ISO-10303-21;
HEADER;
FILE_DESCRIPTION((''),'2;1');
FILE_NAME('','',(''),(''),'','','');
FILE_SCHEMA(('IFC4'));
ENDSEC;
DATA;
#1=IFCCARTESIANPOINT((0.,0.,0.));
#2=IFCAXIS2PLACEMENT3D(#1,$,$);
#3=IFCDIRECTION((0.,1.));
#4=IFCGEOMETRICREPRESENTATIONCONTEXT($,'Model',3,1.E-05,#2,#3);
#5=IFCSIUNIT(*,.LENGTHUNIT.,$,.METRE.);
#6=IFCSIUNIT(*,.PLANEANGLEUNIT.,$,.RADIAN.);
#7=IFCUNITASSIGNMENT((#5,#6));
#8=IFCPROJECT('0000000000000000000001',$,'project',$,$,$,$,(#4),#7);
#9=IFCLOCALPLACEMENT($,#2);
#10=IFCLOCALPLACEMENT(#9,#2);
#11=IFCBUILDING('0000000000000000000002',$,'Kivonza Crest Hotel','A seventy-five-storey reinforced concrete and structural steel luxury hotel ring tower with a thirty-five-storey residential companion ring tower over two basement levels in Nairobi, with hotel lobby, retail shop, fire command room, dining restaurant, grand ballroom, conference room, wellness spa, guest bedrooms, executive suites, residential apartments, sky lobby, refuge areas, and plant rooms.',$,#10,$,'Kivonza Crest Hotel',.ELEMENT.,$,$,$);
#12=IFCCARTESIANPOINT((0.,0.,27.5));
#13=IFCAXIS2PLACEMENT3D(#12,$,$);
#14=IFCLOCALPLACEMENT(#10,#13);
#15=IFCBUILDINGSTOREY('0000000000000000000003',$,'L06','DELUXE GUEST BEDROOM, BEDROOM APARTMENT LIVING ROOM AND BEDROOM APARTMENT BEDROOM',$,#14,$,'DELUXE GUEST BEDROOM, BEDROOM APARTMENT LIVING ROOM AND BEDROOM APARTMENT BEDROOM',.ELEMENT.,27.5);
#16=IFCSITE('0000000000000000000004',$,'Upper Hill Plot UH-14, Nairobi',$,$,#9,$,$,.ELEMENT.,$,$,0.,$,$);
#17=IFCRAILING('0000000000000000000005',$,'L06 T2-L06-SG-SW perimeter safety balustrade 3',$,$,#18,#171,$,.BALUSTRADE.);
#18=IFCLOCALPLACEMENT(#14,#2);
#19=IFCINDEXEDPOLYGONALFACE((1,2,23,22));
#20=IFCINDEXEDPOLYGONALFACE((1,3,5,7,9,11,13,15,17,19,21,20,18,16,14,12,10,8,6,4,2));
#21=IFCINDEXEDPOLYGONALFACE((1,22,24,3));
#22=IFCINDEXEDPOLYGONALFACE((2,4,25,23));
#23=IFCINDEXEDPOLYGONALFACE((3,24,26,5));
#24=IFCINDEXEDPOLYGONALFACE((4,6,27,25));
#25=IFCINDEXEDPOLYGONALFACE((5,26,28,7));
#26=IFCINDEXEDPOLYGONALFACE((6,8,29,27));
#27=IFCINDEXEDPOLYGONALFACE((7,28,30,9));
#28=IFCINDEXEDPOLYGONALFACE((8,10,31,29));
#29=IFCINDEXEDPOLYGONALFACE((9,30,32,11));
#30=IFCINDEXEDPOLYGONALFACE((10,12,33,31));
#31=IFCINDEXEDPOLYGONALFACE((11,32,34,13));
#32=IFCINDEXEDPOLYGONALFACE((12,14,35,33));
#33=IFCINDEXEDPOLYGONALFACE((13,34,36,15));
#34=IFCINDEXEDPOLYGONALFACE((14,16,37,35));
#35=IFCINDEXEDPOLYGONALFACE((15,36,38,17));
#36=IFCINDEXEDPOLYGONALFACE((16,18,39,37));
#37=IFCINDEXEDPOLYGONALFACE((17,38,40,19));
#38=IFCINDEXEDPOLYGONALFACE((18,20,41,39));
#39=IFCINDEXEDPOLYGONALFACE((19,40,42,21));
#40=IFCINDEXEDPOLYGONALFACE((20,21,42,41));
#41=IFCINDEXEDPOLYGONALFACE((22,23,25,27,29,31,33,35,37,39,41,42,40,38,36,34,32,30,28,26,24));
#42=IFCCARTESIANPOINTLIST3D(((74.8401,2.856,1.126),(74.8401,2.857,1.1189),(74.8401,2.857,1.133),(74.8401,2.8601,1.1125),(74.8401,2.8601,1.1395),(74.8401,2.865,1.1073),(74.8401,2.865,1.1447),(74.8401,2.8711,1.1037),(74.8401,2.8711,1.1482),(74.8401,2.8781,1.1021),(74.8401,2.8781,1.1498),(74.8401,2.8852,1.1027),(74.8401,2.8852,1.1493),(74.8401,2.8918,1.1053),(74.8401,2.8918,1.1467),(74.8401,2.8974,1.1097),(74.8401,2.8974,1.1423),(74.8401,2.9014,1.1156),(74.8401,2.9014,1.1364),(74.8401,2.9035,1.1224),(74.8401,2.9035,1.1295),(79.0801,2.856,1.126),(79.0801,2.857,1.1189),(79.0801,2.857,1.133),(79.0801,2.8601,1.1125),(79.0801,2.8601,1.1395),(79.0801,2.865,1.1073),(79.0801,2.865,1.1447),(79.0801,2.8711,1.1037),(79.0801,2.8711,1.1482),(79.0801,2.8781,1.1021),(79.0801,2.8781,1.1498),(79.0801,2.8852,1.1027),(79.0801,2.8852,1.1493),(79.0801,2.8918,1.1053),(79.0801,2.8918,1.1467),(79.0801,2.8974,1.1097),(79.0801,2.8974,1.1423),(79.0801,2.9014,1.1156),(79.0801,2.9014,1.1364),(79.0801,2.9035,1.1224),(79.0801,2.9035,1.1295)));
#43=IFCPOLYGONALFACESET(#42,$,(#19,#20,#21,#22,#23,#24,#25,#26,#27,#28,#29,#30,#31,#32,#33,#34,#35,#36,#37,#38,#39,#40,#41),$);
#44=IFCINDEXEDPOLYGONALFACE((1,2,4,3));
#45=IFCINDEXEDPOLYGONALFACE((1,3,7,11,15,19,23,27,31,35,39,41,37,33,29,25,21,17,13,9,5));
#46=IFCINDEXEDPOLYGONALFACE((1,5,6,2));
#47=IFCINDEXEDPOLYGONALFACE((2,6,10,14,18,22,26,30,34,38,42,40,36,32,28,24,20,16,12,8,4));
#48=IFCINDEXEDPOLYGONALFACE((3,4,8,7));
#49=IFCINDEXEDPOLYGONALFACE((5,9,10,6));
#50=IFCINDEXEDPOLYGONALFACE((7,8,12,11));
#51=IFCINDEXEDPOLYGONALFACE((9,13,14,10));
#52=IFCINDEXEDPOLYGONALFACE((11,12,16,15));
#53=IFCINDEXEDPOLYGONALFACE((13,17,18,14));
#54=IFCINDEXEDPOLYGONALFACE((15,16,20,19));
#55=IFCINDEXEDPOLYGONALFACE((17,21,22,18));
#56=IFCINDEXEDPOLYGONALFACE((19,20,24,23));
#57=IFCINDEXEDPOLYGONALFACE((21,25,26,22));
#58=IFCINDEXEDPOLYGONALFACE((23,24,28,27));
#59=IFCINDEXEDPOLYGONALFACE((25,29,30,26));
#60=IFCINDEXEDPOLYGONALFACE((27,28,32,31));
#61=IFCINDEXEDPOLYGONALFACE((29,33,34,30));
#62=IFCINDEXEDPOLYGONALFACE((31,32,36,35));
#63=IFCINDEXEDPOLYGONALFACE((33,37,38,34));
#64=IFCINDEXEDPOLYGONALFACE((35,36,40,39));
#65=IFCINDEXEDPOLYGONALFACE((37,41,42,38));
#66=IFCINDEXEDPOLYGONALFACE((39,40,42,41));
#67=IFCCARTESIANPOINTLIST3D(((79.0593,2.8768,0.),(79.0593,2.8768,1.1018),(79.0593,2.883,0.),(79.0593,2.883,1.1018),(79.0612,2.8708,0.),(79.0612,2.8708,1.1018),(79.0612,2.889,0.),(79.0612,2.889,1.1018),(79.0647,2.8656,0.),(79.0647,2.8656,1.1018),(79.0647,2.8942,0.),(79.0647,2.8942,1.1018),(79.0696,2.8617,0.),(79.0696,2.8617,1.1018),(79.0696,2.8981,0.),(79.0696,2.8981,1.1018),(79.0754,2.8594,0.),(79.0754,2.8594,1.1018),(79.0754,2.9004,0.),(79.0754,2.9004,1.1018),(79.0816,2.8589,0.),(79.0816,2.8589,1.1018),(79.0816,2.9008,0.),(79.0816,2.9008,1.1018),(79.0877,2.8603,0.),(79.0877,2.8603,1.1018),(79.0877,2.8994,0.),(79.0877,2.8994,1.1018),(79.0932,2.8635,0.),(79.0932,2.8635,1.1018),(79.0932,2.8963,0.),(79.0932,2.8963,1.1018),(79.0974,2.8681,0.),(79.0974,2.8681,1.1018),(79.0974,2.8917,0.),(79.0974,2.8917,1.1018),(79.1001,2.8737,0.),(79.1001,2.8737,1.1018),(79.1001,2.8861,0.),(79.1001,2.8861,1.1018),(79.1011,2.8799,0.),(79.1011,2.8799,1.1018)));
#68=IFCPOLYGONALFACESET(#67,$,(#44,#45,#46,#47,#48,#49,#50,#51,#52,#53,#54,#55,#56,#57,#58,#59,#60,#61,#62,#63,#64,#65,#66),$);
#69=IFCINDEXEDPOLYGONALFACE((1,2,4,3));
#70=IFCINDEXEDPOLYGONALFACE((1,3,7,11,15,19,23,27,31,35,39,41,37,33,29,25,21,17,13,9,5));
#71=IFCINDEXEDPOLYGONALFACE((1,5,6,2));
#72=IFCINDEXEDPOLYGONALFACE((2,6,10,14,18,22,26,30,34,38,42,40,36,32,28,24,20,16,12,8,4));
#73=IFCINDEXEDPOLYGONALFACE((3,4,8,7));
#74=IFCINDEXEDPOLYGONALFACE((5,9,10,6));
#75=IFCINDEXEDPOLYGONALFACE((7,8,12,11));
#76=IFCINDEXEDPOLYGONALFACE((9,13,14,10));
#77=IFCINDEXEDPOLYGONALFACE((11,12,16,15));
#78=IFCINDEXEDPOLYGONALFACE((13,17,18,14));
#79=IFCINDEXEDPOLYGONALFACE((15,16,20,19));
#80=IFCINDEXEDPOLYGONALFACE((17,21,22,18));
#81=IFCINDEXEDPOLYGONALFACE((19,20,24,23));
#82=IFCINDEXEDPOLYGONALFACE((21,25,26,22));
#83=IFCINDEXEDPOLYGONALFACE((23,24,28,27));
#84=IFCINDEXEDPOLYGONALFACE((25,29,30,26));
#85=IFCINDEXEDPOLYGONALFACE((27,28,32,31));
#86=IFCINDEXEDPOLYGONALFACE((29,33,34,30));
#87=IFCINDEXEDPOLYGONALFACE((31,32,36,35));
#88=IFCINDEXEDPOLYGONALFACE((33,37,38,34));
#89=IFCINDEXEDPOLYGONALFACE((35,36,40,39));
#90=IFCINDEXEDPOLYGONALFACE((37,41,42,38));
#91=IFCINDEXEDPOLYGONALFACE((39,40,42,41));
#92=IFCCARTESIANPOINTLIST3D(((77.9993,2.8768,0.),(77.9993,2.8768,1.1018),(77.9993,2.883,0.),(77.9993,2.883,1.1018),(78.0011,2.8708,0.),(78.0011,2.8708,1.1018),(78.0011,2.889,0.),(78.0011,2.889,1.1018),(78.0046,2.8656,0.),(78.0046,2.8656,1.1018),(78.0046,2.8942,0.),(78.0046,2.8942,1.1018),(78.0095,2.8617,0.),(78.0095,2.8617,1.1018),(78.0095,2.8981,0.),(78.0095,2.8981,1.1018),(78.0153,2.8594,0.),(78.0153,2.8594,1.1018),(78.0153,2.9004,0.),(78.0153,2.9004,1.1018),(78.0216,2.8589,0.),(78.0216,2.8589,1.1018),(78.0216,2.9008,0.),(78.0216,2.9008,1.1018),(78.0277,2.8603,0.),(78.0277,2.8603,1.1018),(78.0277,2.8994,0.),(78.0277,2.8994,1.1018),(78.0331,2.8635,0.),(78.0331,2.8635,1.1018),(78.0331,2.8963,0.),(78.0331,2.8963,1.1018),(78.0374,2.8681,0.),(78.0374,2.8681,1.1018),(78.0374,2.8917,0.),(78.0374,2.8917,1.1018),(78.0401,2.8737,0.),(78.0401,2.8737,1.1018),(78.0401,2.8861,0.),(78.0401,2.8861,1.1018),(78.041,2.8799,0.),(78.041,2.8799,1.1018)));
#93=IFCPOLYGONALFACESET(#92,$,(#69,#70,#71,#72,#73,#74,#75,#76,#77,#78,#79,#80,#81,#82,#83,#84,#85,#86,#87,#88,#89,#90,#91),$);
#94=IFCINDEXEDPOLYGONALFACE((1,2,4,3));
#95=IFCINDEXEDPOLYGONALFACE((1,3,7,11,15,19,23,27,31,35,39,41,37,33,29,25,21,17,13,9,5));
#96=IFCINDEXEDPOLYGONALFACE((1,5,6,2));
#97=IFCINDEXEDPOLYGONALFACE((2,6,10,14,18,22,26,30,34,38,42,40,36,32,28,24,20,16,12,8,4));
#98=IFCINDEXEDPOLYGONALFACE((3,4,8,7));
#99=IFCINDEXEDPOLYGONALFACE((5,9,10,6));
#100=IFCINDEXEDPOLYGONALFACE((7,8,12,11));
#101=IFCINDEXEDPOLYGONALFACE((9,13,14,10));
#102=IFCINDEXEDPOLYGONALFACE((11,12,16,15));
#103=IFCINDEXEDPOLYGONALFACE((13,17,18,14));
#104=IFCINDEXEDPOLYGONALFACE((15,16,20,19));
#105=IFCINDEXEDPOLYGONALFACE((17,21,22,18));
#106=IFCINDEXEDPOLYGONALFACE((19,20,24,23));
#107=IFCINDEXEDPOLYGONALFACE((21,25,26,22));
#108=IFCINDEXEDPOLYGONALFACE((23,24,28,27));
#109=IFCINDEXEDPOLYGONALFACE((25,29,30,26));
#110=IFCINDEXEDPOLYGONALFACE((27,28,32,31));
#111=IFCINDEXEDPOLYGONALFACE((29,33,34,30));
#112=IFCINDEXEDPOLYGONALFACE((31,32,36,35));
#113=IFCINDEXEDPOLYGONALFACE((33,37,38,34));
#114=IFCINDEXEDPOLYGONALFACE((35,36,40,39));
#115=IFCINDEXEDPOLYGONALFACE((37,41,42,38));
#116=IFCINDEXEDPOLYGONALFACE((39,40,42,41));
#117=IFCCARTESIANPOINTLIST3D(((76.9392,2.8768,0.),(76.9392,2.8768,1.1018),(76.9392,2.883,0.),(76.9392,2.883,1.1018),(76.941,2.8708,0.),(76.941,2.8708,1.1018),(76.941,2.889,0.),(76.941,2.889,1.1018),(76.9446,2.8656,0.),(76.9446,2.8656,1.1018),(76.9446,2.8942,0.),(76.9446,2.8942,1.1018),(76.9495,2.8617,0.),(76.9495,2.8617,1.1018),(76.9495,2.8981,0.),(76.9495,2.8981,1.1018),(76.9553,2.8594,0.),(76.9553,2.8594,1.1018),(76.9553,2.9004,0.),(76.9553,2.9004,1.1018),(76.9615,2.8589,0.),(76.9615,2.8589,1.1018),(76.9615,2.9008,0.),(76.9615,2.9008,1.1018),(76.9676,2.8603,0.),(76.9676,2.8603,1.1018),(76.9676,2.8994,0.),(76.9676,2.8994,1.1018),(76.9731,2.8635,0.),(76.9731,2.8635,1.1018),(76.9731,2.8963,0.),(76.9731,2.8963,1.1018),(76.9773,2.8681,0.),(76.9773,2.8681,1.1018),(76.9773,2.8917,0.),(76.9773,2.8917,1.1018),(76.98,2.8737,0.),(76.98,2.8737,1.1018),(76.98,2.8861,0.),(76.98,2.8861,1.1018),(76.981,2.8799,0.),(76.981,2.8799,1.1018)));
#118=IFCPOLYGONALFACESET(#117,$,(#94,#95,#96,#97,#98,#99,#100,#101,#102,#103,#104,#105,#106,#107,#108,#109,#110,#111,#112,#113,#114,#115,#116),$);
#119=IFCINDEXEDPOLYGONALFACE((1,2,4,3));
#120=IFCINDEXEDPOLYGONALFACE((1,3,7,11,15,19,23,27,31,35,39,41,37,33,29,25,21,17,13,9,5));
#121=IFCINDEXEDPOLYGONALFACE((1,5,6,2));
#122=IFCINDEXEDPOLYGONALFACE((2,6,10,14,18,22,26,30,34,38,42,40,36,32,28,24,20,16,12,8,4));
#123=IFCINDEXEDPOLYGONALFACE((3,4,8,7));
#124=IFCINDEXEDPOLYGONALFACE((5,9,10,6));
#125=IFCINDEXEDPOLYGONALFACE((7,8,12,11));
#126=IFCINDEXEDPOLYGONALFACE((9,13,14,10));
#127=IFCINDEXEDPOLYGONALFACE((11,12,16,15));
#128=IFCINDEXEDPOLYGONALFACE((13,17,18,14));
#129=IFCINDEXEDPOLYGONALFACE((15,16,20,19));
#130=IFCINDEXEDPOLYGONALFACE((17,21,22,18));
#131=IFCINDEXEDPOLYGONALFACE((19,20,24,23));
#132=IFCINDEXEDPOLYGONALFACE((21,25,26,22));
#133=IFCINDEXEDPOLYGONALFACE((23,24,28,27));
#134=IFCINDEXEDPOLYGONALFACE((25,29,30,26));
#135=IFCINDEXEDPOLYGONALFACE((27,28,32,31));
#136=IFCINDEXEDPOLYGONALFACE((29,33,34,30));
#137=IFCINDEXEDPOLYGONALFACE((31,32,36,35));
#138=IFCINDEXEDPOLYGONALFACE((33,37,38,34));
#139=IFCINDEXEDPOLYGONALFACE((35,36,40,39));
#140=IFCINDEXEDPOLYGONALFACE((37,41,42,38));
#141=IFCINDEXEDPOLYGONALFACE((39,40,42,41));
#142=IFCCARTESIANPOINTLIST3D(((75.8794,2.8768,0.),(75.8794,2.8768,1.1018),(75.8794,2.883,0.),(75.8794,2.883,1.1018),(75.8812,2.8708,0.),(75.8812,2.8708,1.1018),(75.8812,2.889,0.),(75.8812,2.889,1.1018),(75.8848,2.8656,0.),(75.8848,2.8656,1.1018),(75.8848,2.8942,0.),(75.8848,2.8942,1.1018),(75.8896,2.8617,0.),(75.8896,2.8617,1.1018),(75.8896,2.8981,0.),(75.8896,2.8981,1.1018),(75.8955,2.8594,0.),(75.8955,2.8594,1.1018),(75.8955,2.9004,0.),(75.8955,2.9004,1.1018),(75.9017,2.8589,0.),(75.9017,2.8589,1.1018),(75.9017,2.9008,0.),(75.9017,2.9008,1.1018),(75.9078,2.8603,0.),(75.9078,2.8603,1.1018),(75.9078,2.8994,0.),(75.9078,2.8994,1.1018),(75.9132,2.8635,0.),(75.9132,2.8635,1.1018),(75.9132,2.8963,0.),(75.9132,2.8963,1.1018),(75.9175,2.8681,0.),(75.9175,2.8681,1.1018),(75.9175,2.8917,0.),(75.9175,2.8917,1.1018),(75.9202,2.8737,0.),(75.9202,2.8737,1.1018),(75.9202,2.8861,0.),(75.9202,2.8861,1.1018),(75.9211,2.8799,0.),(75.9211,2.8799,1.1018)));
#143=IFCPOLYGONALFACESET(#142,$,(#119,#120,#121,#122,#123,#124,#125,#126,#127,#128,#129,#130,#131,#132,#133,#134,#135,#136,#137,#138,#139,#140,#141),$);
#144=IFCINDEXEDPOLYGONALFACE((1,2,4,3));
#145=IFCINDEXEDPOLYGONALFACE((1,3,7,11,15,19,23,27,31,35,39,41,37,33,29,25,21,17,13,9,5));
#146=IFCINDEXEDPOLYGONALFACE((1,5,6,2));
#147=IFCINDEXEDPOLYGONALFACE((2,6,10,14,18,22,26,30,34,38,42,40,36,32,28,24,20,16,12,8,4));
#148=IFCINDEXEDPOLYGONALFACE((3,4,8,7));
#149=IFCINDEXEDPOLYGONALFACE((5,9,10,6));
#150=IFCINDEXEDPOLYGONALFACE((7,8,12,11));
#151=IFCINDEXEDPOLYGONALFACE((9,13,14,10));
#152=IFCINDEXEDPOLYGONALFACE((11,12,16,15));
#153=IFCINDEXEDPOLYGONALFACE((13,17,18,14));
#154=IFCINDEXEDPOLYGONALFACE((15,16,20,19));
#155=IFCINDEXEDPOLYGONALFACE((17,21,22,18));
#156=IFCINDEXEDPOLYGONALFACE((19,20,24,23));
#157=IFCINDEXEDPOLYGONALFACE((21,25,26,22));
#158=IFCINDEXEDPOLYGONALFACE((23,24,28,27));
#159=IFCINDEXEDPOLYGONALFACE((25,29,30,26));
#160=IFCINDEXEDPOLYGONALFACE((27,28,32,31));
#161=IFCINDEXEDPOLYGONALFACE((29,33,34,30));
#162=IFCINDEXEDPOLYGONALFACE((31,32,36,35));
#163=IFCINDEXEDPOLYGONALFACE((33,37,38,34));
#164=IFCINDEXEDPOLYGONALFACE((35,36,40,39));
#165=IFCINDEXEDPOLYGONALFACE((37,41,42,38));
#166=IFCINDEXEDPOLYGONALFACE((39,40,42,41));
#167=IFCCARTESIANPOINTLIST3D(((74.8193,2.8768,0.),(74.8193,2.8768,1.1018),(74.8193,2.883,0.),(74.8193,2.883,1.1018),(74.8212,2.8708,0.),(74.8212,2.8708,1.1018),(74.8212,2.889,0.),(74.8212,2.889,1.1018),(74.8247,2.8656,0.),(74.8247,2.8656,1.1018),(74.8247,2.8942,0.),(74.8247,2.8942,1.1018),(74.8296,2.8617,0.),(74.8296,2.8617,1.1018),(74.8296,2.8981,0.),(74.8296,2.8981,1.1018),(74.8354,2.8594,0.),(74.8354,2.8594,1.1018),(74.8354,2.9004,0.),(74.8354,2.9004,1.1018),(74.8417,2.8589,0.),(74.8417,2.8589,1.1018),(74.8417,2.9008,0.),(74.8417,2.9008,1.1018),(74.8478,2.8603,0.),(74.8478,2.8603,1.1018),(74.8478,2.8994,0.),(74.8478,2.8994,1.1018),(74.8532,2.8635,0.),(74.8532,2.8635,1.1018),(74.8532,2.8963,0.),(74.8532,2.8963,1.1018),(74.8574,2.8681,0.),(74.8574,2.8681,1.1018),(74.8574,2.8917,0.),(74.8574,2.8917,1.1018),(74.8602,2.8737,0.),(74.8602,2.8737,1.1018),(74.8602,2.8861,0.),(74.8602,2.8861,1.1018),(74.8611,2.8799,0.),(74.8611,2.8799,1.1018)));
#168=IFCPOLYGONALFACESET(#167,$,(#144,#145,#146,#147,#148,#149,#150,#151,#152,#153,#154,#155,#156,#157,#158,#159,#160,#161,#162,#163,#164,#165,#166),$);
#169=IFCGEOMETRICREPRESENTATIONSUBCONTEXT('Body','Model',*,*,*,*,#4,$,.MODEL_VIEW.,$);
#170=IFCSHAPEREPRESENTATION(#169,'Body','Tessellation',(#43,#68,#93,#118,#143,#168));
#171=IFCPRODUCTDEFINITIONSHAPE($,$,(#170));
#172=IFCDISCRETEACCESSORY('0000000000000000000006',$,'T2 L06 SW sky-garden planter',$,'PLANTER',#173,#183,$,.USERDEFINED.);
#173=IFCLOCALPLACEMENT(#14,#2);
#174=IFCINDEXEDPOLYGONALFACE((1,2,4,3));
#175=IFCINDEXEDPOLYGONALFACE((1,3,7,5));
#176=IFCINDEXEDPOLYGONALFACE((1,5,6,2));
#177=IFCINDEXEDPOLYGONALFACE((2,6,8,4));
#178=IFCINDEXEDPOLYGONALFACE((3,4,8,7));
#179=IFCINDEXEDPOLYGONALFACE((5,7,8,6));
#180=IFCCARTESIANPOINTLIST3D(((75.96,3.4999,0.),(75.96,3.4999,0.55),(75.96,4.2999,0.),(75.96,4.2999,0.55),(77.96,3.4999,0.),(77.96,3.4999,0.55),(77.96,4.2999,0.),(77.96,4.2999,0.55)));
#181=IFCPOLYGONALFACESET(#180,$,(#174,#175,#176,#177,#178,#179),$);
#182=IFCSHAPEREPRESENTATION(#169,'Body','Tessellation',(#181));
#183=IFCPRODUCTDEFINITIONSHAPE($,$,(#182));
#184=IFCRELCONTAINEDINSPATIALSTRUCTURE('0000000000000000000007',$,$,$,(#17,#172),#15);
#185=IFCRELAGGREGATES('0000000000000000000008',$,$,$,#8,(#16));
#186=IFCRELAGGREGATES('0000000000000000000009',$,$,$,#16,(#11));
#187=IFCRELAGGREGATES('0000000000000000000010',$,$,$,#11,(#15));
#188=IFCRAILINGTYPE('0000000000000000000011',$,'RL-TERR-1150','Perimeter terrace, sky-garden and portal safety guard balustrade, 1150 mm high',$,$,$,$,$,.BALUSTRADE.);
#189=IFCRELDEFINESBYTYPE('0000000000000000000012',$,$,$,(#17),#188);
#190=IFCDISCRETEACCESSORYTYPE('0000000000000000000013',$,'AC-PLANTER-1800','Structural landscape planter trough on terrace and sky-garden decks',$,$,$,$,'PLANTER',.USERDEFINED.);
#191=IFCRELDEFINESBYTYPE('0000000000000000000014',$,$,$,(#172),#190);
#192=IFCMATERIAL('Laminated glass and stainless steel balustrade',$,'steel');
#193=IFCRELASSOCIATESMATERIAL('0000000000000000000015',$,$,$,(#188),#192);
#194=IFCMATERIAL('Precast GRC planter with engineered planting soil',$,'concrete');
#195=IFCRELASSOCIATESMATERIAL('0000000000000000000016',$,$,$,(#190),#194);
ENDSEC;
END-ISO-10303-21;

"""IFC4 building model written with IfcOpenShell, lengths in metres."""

from ifc_helpers import new_model, si_unit, direction, frame, origin, origin_2d, place, context, subcontext, project, spatial, rectangle, circle, extrude, material, type_object, element, save


model = new_model("IFC4")

# Units and contexts
model_context = context("Model", 3, precision=1e-05, world=origin(), true_north=direction((0.0, 1.0)))
body_context = subcontext(model_context, "Body", "Model", "MODEL_VIEW")
ifc_project = project(units=[si_unit("LENGTHUNIT", "METRE"), si_unit("PLANEANGLEUNIT", "RADIAN")], contexts=[model_context])

# Site, building, storey
site_placement = place(None, origin())
site = spatial("IfcSite", under=ifc_project, at=site_placement, Name="Upper Hill Plot UH-14, Nairobi", CompositionType="ELEMENT", RefElevation=0.0)
building_placement = place(site_placement, origin())
building = spatial("IfcBuilding", under=site, at=building_placement, Name="Kivonza Crest Hotel", Description="A seventy-five-storey reinforced concrete and structural steel luxury hotel ring tower with a thirty-five-storey residential companion ring tower over two basement levels in Nairobi, with hotel lobby, retail shop, fire command room, dining restaurant, grand ballroom, conference room, wellness spa, guest bedrooms, executive suites, residential apartments, sky lobby, refuge areas, and plant rooms.", LongName="Kivonza Crest Hotel", CompositionType="ELEMENT")
storey_placement = place(building_placement, frame((0.0, 0.0, 27.5)))
storey = spatial("IfcBuildingStorey", under=building, at=storey_placement, Name="L06", Description="DELUXE GUEST BEDROOM, BEDROOM APARTMENT LIVING ROOM AND BEDROOM APARTMENT BEDROOM", LongName="DELUXE GUEST BEDROOM, BEDROOM APARTMENT LIVING ROOM AND BEDROOM APARTMENT BEDROOM", CompositionType="ELEMENT", Elevation=27.5)

# Railing
ifc_material_1 = material(Name="Laminated glass and stainless steel balustrade", Category="steel")
railing_type = type_object("IfcRailingType", Name="RL-TERR-1150", Description="Perimeter terrace, sky-garden and portal safety guard balustrade, 1150 mm high", PredefinedType="BALUSTRADE", material=ifc_material_1)
railing_1_placement = place(storey_placement, frame((79.0801, 2.8799, 0.0)))
element("IfcRailing", 1, at=railing_1_placement, inside=storey, type_object=railing_type, Name="L06 T2-L06-SG-SW perimeter safety balustrade 3", PredefinedType="BALUSTRADE", context=body_context, shape_type="SweptSolid", body=[
    extrude(circle(Radius=0.0239, at=origin_2d()), frame((0.0, 0.0, 1.126), z_axis=(-1.0, 0.0, 0.0), x_axis=(0.0, -1.0, 0.0)), (0.0, 0.0, 1.0), 4.24),
    extrude(circle(Radius=0.021, at=origin_2d()), origin(), (0.0, 0.0, 1.0), 1.1018),
    extrude(circle(Radius=0.021, at=origin_2d()), frame((-1.0601, 0.0, 0.0)), (0.0, 0.0, 1.0), 1.1018),
    extrude(circle(Radius=0.021, at=origin_2d()), frame((-2.1201, 0.0, 0.0)), (0.0, 0.0, 1.0), 1.1018),
    extrude(circle(Radius=0.021, at=origin_2d()), frame((-3.1799, 0.0, 0.0)), (0.0, 0.0, 1.0), 1.1018),
    extrude(circle(Radius=0.021, at=origin_2d()), frame((-4.24, 0.0, 0.0)), (0.0, 0.0, 1.0), 1.1018),
])

# Discrete accessory
ifc_material_2 = material(Name="Precast GRC planter with engineered planting soil", Category="concrete")
discrete_accessory_type = type_object("IfcDiscreteAccessoryType", Name="AC-PLANTER-1800", Description="Structural landscape planter trough on terrace and sky-garden decks", ElementType="PLANTER", PredefinedType="USERDEFINED", material=ifc_material_2)
discrete_accessory_placement = place(storey_placement, frame((76.96, 3.8999, 0.0), z_axis=(0.0, 0.0, 1.0), x_axis=(1.0, 0.0, 0.0)))
element("IfcDiscreteAccessory", 2, at=discrete_accessory_placement, inside=storey, type_object=discrete_accessory_type, Name="T2 L06 SW sky-garden planter", ObjectType="PLANTER", PredefinedType="USERDEFINED", context=body_context, shape_type="SweptSolid", body=[
    extrude(rectangle(XDim=2.0, YDim=0.8, at=origin_2d()), origin(), (0.0, 0.0, 1.0), 0.55),
])

save(model, "model.ifc")
